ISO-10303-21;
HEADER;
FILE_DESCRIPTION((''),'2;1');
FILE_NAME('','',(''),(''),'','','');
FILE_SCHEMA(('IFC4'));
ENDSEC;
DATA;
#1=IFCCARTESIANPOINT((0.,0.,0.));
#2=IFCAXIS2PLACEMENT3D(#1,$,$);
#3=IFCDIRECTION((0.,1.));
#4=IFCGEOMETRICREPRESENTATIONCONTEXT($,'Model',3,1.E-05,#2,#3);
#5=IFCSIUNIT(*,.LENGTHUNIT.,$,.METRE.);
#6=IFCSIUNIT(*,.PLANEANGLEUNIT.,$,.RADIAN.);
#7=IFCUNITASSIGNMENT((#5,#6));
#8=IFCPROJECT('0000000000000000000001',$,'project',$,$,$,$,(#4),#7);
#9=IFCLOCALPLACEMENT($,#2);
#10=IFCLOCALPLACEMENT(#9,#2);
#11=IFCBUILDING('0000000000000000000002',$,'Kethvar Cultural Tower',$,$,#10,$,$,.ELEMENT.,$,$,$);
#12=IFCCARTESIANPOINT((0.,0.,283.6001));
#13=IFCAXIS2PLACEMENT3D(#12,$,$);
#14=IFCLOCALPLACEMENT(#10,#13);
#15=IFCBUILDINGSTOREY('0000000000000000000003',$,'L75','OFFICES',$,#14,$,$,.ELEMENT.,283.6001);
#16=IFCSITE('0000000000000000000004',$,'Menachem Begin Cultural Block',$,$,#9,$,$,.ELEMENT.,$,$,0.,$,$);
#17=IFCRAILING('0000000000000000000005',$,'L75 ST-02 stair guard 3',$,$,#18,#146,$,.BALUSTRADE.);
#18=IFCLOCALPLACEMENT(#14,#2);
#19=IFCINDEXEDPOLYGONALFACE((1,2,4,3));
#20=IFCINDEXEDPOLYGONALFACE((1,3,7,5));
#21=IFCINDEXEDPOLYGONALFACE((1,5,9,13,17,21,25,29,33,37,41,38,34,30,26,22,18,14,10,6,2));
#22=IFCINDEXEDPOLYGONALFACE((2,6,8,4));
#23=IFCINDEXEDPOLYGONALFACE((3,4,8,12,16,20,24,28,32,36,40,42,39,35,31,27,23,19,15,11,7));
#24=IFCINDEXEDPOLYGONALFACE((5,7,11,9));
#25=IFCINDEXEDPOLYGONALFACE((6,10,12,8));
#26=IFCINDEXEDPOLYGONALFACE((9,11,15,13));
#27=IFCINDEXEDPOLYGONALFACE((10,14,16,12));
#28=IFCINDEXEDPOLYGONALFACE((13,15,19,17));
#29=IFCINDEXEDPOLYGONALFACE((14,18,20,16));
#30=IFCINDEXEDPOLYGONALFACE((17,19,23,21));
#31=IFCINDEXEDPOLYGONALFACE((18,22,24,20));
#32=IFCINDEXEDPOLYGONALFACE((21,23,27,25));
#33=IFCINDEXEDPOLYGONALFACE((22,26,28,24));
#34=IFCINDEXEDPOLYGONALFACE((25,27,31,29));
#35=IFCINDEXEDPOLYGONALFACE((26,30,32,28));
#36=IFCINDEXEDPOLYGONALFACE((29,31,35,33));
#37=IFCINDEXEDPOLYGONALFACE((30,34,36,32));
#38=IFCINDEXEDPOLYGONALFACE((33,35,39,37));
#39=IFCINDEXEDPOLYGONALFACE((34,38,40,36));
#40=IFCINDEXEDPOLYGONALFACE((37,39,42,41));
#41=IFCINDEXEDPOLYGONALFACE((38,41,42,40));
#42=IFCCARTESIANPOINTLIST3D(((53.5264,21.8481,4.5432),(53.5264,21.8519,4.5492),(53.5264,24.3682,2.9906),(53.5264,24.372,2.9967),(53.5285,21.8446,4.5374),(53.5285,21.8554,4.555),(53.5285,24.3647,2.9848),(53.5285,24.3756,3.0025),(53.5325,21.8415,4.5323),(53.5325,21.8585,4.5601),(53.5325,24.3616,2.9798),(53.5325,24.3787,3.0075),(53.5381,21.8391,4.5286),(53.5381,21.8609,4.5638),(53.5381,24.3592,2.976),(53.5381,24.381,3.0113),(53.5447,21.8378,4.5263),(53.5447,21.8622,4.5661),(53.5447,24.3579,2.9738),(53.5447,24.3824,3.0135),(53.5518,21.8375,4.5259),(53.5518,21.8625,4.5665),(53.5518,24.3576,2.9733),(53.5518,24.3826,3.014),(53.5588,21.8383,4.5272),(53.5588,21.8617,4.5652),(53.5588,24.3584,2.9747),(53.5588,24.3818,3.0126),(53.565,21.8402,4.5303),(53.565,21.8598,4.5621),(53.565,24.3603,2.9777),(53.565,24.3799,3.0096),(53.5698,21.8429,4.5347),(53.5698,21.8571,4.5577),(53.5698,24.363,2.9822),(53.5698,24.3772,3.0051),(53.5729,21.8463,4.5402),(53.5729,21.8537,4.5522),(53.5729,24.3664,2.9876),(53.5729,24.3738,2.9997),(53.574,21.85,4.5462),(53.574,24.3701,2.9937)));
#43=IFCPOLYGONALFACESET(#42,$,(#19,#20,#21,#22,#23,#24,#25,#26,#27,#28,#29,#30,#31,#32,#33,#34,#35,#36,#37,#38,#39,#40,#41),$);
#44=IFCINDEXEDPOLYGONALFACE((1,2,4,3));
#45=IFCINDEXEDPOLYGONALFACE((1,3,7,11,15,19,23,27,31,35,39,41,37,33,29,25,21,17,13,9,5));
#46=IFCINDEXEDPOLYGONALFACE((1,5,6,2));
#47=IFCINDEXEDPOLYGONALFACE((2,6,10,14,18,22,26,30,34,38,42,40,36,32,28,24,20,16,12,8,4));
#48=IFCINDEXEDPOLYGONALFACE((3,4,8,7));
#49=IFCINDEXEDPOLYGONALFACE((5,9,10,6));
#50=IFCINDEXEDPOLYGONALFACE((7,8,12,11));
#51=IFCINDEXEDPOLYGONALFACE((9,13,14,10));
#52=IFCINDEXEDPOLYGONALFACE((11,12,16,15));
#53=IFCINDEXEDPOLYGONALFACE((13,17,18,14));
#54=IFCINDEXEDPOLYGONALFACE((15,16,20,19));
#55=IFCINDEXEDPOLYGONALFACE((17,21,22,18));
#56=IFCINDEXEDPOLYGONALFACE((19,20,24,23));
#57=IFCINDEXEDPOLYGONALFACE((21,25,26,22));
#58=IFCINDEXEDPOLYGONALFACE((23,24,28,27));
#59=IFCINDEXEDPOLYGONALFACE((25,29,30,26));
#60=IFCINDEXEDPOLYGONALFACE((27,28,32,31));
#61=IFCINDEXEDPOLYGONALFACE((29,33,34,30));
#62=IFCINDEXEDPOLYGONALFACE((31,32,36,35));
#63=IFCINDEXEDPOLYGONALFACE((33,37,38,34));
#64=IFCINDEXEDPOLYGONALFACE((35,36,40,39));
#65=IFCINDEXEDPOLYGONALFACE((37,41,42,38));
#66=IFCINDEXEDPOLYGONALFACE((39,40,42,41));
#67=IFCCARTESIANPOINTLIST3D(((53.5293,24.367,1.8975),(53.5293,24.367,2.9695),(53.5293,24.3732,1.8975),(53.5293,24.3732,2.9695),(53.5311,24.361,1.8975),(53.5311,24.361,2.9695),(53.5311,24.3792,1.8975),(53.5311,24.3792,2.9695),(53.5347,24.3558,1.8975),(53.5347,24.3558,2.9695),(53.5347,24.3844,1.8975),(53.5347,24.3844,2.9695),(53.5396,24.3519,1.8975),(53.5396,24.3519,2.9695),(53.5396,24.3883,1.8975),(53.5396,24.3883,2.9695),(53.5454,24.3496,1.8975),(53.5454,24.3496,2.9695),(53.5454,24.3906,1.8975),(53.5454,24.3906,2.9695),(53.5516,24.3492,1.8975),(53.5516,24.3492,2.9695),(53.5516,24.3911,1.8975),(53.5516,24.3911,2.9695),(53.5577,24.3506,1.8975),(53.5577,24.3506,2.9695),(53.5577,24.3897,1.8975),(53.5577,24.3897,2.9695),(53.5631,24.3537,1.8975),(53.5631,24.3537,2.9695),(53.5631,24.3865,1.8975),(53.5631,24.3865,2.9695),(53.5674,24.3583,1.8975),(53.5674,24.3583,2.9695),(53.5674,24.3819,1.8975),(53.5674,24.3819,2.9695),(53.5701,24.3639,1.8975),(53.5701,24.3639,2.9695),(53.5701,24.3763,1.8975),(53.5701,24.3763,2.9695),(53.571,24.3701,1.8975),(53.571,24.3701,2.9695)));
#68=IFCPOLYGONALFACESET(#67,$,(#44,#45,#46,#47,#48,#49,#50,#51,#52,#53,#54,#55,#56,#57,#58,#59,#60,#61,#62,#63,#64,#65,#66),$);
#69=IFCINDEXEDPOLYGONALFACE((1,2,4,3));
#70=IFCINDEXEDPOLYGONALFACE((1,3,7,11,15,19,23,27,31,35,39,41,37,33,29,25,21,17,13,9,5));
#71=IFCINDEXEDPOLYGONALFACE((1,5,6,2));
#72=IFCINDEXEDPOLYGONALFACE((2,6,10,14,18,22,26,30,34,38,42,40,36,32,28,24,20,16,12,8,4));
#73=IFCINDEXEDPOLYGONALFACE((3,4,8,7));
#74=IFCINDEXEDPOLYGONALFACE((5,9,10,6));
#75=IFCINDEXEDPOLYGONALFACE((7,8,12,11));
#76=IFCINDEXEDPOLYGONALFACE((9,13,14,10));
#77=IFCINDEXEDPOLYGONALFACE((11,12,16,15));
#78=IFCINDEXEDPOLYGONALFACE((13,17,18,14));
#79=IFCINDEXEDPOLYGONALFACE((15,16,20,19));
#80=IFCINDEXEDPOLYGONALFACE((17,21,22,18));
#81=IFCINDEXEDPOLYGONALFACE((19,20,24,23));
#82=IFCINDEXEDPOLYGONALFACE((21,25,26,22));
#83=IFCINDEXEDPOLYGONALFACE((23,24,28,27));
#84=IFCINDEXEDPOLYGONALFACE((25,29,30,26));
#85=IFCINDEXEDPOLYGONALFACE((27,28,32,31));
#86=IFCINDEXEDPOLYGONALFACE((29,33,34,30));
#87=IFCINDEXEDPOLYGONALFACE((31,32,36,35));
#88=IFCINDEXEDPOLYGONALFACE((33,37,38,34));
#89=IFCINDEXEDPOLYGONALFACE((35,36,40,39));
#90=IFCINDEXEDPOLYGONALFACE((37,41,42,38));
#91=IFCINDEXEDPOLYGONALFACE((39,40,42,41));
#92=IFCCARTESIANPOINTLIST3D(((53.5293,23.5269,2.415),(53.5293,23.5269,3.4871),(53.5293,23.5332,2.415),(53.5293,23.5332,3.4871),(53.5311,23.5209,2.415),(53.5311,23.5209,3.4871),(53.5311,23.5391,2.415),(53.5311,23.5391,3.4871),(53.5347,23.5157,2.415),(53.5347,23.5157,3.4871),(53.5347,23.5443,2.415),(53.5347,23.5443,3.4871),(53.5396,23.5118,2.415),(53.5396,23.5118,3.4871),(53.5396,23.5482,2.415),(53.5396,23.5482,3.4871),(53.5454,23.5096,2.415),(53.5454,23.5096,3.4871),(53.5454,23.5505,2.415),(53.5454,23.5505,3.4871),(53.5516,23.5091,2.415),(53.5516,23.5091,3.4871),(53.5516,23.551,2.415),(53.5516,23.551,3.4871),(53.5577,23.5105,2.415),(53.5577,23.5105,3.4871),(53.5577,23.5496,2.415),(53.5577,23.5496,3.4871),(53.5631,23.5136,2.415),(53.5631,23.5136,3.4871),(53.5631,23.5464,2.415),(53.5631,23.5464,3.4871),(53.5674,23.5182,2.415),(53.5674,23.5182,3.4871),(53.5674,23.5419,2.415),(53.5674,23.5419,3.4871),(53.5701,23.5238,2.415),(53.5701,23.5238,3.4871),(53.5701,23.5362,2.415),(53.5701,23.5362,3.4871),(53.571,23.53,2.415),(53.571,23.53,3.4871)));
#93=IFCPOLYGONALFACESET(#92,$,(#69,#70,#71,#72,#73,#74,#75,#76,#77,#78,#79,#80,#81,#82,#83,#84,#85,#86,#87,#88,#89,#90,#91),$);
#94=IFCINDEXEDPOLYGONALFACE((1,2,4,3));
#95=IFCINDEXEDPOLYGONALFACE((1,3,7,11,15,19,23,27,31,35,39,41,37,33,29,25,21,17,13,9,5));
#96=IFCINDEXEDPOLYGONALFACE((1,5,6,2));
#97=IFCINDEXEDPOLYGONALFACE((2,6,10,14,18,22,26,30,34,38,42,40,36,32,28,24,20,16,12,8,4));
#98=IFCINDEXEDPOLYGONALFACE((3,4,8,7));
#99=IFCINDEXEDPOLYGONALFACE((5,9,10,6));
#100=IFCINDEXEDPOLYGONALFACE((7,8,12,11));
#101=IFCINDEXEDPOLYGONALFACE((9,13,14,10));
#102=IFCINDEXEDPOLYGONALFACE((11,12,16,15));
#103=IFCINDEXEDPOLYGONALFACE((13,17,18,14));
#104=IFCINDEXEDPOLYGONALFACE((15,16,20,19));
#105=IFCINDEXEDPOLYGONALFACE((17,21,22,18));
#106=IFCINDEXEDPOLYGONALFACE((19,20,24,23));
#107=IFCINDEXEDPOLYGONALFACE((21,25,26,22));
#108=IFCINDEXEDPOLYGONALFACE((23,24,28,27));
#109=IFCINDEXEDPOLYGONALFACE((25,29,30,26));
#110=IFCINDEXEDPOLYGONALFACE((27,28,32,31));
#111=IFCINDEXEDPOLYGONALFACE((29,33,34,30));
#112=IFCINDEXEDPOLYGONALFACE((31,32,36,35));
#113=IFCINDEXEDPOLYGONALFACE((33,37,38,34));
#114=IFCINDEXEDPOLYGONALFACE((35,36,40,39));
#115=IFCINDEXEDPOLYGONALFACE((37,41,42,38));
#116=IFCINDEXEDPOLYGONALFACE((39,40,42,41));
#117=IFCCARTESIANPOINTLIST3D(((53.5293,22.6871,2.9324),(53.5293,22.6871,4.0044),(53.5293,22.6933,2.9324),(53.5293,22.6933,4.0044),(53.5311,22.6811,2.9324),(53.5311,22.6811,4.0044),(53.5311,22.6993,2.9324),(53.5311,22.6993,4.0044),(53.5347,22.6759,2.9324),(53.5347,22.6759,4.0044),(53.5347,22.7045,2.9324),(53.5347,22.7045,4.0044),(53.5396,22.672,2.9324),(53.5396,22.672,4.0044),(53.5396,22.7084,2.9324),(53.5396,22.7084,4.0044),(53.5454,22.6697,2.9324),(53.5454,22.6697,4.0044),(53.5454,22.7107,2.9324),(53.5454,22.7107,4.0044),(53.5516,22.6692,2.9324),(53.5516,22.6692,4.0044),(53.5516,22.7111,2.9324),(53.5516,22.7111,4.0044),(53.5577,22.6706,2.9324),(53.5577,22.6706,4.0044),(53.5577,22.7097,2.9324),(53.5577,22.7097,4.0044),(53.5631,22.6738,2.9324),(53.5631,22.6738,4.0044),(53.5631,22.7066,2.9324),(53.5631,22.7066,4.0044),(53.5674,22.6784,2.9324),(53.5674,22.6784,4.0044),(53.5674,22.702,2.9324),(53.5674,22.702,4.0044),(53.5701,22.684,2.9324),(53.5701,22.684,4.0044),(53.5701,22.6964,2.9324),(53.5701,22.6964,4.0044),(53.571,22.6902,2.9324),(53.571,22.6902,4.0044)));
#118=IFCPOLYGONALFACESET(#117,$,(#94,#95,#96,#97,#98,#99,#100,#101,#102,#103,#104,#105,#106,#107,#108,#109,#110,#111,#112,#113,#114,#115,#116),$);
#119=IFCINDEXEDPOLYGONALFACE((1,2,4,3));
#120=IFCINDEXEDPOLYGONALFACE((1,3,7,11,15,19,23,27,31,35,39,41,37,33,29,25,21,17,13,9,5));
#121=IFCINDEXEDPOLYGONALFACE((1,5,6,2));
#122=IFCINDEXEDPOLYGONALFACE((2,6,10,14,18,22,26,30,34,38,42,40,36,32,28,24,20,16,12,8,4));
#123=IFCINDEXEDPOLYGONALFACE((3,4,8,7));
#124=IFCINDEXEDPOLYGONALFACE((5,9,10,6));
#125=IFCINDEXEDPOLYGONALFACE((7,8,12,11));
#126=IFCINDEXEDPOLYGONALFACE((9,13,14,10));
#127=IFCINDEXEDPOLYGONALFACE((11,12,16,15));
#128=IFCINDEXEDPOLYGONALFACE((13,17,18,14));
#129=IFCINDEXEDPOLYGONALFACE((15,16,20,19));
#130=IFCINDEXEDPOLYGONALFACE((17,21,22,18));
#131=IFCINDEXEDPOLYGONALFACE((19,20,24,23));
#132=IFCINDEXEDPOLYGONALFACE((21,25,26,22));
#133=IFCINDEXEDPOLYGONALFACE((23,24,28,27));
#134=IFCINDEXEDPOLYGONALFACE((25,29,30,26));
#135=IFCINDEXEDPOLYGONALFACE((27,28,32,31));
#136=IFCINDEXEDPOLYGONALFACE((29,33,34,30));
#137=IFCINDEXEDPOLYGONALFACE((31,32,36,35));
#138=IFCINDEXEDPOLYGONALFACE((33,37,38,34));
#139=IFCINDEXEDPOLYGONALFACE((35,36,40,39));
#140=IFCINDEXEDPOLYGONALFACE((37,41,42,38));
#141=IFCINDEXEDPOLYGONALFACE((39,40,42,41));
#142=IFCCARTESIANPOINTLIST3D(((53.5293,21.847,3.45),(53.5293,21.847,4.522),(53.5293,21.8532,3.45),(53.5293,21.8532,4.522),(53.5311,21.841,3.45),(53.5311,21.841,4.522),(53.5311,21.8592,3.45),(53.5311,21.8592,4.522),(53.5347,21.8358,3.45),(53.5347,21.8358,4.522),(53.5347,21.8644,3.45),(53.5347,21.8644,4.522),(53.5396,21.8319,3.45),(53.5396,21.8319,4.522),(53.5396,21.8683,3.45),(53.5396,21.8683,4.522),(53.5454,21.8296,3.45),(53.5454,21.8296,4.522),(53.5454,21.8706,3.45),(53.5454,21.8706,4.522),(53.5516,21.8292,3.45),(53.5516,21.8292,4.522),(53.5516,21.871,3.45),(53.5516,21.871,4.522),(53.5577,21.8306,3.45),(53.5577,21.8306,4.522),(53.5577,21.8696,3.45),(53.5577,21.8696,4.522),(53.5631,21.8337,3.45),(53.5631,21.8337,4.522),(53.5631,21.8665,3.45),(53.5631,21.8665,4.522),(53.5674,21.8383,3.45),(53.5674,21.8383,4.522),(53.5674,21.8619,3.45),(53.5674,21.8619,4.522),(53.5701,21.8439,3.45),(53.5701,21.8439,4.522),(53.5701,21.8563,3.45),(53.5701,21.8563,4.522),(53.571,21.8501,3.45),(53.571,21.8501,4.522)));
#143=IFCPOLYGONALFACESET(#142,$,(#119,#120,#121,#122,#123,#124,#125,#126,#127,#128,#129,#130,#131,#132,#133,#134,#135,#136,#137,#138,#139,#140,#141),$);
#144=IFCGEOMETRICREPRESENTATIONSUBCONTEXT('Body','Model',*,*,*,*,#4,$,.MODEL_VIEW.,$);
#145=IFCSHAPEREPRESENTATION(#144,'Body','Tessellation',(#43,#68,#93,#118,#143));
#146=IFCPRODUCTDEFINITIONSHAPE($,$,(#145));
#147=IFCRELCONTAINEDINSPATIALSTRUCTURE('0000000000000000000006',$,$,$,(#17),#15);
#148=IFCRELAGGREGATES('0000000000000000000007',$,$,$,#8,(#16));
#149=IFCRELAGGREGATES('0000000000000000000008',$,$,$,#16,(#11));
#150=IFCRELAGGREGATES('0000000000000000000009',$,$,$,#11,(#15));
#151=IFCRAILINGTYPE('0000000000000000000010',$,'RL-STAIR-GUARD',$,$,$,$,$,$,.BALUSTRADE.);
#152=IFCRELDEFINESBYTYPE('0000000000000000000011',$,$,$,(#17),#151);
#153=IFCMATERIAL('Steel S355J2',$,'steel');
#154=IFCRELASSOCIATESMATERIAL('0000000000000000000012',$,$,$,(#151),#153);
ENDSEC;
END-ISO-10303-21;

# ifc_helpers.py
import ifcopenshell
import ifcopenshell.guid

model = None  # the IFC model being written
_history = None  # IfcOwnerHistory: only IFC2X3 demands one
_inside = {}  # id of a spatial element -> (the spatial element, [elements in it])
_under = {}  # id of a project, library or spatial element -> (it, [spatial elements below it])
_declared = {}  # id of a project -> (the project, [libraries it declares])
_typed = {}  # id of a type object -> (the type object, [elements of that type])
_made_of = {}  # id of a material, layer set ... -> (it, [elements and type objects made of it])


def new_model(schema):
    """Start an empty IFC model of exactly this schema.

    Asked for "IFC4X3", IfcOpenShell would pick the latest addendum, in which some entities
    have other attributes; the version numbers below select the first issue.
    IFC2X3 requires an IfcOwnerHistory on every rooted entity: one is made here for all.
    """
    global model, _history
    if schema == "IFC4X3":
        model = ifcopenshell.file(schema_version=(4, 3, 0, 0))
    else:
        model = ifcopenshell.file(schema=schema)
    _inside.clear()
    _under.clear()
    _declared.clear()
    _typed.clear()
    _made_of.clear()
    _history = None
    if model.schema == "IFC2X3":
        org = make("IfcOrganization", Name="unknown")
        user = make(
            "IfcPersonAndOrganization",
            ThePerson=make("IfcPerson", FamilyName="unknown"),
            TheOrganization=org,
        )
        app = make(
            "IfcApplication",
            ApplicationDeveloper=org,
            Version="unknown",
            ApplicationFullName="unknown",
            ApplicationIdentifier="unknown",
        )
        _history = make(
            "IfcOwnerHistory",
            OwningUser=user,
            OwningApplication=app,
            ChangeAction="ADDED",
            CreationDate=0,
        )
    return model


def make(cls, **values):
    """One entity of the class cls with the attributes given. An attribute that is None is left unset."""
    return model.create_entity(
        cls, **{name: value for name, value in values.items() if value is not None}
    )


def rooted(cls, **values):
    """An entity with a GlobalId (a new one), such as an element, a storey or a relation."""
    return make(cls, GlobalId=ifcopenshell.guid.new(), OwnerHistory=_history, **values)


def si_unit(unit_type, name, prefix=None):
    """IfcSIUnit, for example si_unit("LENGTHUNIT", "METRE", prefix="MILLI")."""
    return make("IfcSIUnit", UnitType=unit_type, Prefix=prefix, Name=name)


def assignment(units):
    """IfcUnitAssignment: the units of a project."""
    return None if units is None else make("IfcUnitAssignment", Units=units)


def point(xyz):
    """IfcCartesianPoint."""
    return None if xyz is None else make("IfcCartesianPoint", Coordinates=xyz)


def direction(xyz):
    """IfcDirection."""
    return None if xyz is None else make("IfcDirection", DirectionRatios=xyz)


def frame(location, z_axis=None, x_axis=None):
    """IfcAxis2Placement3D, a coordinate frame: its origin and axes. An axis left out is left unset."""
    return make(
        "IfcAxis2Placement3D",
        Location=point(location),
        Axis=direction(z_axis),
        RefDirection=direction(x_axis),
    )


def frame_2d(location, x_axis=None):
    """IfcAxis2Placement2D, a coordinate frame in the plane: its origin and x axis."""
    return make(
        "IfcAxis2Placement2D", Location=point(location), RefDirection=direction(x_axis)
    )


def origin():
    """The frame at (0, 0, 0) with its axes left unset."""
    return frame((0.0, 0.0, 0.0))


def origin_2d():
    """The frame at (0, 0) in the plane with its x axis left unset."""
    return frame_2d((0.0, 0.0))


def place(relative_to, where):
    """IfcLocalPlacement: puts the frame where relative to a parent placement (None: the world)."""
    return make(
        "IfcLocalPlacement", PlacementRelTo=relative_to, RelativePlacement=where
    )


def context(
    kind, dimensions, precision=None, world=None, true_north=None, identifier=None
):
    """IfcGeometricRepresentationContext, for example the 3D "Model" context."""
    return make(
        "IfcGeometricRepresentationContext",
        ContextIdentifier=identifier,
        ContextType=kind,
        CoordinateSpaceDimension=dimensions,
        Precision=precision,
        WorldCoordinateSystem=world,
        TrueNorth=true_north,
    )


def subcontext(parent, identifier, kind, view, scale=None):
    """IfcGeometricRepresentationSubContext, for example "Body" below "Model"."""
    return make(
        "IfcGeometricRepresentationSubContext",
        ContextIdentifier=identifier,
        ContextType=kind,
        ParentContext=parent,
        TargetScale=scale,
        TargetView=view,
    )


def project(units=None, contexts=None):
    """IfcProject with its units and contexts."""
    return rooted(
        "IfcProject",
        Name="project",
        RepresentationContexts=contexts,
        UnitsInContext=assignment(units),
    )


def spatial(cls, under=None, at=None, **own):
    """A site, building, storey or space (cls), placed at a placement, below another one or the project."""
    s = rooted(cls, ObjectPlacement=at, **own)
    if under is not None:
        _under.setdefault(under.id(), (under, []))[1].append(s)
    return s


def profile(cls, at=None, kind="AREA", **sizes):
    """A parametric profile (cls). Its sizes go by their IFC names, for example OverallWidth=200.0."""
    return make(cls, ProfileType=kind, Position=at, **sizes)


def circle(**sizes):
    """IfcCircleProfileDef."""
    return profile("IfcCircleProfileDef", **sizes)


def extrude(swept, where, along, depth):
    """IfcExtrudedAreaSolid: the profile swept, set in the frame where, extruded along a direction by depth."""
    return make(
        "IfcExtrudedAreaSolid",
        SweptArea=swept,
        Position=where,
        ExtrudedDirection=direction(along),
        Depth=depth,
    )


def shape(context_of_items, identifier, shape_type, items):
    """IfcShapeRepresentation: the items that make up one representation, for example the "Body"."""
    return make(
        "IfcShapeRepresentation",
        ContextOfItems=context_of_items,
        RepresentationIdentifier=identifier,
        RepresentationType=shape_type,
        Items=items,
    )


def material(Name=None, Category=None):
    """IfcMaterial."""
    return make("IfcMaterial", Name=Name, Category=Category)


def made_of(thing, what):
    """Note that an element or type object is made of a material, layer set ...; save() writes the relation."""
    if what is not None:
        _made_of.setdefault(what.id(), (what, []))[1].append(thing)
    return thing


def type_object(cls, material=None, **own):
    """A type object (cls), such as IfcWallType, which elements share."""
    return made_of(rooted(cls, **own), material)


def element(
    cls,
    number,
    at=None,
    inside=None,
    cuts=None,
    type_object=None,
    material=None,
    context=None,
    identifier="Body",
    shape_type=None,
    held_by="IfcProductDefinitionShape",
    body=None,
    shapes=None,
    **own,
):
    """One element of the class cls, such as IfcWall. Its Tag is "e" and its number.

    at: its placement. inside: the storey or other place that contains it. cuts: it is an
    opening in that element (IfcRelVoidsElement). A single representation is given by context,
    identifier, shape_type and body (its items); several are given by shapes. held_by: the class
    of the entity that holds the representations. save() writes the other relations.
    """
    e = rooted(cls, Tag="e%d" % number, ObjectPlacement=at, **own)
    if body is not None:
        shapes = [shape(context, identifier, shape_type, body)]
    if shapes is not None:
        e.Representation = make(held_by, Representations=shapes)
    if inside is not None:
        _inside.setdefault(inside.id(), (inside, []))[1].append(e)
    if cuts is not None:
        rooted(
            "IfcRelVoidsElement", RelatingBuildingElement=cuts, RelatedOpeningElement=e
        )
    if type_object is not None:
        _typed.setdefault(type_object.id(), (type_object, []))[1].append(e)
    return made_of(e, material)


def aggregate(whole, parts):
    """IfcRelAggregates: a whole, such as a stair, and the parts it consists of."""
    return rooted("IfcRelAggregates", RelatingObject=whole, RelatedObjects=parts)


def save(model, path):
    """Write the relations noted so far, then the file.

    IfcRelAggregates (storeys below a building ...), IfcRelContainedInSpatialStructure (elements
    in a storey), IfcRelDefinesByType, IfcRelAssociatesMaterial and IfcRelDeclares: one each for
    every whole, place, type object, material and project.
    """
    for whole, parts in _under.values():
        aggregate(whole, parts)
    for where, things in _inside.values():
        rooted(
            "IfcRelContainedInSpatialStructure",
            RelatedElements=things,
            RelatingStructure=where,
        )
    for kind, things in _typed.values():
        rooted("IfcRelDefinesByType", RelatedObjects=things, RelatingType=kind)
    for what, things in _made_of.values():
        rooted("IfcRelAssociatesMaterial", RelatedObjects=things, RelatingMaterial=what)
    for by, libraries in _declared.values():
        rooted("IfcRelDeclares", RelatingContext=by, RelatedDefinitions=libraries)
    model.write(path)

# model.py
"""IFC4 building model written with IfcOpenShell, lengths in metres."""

from ifc_helpers import new_model, si_unit, direction, frame, origin, origin_2d, place, context, subcontext, project, spatial, circle, extrude, material, type_object, element, save


model = new_model("IFC4")

# Units and contexts
model_context = context("Model", 3, precision=1e-05, world=origin(), true_north=direction((0.0, 1.0)))
body_context = subcontext(model_context, "Body", "Model", "MODEL_VIEW")
ifc_project = project(units=[si_unit("LENGTHUNIT", "METRE"), si_unit("PLANEANGLEUNIT", "RADIAN")], contexts=[model_context])

# Site, building, storey
site_placement = place(None, origin())
site = spatial("IfcSite", under=ifc_project, at=site_placement, Name="Menachem Begin Cultural Block", CompositionType="ELEMENT", RefElevation=0.0)
building_placement = place(site_placement, origin())
building = spatial("IfcBuilding", under=site, at=building_placement, Name="Kethvar Cultural Tower", CompositionType="ELEMENT")
storey_placement = place(building_placement, frame((0.0, 0.0, 283.6001)))
storey = spatial("IfcBuildingStorey", under=building, at=storey_placement, Name="L75", Description="OFFICES", CompositionType="ELEMENT", Elevation=283.6001)

# Shared definitions
ifc_material_1 = material(Name="Steel S355J2", Category="steel")

# Railing
railing_type_1 = type_object("IfcRailingType", Name="RL-STAIR-GUARD", PredefinedType="BALUSTRADE", material=ifc_material_1)
railing_1_placement = place(storey_placement, frame((53.55, 24.3701, 1.8975)))
element("IfcRailing", 1, at=railing_1_placement, inside=storey, type_object=railing_type_1, Name="L75 ST-02 stair guard 3", PredefinedType="BALUSTRADE", context=body_context, shape_type="SweptSolid", body=[
    extrude(circle(Radius=0.0239, at=origin_2d()), frame((0.0, 0.0, 1.0962), z_axis=(0.0, -0.8514, 0.524516), x_axis=(1.0, 0.0, 0.0)), (0.0, 0.0, 1.0), 2.96),
    extrude(circle(Radius=0.021, at=origin_2d()), origin(), (0.0, 0.0, 1.0), 1.072),
    extrude(circle(Radius=0.021, at=origin_2d()), frame((0.0, -0.8401, 0.5176)), (0.0, 0.0, 1.0), 1.072),
    extrude(circle(Radius=0.021, at=origin_2d()), frame((0.0, -1.6799, 1.0349)), (0.0, 0.0, 1.0), 1.072),
    extrude(circle(Radius=0.021, at=origin_2d()), frame((0.0, -2.52, 1.5525)), (0.0, 0.0, 1.0), 1.072),
])

save(model, "model.ifc")
